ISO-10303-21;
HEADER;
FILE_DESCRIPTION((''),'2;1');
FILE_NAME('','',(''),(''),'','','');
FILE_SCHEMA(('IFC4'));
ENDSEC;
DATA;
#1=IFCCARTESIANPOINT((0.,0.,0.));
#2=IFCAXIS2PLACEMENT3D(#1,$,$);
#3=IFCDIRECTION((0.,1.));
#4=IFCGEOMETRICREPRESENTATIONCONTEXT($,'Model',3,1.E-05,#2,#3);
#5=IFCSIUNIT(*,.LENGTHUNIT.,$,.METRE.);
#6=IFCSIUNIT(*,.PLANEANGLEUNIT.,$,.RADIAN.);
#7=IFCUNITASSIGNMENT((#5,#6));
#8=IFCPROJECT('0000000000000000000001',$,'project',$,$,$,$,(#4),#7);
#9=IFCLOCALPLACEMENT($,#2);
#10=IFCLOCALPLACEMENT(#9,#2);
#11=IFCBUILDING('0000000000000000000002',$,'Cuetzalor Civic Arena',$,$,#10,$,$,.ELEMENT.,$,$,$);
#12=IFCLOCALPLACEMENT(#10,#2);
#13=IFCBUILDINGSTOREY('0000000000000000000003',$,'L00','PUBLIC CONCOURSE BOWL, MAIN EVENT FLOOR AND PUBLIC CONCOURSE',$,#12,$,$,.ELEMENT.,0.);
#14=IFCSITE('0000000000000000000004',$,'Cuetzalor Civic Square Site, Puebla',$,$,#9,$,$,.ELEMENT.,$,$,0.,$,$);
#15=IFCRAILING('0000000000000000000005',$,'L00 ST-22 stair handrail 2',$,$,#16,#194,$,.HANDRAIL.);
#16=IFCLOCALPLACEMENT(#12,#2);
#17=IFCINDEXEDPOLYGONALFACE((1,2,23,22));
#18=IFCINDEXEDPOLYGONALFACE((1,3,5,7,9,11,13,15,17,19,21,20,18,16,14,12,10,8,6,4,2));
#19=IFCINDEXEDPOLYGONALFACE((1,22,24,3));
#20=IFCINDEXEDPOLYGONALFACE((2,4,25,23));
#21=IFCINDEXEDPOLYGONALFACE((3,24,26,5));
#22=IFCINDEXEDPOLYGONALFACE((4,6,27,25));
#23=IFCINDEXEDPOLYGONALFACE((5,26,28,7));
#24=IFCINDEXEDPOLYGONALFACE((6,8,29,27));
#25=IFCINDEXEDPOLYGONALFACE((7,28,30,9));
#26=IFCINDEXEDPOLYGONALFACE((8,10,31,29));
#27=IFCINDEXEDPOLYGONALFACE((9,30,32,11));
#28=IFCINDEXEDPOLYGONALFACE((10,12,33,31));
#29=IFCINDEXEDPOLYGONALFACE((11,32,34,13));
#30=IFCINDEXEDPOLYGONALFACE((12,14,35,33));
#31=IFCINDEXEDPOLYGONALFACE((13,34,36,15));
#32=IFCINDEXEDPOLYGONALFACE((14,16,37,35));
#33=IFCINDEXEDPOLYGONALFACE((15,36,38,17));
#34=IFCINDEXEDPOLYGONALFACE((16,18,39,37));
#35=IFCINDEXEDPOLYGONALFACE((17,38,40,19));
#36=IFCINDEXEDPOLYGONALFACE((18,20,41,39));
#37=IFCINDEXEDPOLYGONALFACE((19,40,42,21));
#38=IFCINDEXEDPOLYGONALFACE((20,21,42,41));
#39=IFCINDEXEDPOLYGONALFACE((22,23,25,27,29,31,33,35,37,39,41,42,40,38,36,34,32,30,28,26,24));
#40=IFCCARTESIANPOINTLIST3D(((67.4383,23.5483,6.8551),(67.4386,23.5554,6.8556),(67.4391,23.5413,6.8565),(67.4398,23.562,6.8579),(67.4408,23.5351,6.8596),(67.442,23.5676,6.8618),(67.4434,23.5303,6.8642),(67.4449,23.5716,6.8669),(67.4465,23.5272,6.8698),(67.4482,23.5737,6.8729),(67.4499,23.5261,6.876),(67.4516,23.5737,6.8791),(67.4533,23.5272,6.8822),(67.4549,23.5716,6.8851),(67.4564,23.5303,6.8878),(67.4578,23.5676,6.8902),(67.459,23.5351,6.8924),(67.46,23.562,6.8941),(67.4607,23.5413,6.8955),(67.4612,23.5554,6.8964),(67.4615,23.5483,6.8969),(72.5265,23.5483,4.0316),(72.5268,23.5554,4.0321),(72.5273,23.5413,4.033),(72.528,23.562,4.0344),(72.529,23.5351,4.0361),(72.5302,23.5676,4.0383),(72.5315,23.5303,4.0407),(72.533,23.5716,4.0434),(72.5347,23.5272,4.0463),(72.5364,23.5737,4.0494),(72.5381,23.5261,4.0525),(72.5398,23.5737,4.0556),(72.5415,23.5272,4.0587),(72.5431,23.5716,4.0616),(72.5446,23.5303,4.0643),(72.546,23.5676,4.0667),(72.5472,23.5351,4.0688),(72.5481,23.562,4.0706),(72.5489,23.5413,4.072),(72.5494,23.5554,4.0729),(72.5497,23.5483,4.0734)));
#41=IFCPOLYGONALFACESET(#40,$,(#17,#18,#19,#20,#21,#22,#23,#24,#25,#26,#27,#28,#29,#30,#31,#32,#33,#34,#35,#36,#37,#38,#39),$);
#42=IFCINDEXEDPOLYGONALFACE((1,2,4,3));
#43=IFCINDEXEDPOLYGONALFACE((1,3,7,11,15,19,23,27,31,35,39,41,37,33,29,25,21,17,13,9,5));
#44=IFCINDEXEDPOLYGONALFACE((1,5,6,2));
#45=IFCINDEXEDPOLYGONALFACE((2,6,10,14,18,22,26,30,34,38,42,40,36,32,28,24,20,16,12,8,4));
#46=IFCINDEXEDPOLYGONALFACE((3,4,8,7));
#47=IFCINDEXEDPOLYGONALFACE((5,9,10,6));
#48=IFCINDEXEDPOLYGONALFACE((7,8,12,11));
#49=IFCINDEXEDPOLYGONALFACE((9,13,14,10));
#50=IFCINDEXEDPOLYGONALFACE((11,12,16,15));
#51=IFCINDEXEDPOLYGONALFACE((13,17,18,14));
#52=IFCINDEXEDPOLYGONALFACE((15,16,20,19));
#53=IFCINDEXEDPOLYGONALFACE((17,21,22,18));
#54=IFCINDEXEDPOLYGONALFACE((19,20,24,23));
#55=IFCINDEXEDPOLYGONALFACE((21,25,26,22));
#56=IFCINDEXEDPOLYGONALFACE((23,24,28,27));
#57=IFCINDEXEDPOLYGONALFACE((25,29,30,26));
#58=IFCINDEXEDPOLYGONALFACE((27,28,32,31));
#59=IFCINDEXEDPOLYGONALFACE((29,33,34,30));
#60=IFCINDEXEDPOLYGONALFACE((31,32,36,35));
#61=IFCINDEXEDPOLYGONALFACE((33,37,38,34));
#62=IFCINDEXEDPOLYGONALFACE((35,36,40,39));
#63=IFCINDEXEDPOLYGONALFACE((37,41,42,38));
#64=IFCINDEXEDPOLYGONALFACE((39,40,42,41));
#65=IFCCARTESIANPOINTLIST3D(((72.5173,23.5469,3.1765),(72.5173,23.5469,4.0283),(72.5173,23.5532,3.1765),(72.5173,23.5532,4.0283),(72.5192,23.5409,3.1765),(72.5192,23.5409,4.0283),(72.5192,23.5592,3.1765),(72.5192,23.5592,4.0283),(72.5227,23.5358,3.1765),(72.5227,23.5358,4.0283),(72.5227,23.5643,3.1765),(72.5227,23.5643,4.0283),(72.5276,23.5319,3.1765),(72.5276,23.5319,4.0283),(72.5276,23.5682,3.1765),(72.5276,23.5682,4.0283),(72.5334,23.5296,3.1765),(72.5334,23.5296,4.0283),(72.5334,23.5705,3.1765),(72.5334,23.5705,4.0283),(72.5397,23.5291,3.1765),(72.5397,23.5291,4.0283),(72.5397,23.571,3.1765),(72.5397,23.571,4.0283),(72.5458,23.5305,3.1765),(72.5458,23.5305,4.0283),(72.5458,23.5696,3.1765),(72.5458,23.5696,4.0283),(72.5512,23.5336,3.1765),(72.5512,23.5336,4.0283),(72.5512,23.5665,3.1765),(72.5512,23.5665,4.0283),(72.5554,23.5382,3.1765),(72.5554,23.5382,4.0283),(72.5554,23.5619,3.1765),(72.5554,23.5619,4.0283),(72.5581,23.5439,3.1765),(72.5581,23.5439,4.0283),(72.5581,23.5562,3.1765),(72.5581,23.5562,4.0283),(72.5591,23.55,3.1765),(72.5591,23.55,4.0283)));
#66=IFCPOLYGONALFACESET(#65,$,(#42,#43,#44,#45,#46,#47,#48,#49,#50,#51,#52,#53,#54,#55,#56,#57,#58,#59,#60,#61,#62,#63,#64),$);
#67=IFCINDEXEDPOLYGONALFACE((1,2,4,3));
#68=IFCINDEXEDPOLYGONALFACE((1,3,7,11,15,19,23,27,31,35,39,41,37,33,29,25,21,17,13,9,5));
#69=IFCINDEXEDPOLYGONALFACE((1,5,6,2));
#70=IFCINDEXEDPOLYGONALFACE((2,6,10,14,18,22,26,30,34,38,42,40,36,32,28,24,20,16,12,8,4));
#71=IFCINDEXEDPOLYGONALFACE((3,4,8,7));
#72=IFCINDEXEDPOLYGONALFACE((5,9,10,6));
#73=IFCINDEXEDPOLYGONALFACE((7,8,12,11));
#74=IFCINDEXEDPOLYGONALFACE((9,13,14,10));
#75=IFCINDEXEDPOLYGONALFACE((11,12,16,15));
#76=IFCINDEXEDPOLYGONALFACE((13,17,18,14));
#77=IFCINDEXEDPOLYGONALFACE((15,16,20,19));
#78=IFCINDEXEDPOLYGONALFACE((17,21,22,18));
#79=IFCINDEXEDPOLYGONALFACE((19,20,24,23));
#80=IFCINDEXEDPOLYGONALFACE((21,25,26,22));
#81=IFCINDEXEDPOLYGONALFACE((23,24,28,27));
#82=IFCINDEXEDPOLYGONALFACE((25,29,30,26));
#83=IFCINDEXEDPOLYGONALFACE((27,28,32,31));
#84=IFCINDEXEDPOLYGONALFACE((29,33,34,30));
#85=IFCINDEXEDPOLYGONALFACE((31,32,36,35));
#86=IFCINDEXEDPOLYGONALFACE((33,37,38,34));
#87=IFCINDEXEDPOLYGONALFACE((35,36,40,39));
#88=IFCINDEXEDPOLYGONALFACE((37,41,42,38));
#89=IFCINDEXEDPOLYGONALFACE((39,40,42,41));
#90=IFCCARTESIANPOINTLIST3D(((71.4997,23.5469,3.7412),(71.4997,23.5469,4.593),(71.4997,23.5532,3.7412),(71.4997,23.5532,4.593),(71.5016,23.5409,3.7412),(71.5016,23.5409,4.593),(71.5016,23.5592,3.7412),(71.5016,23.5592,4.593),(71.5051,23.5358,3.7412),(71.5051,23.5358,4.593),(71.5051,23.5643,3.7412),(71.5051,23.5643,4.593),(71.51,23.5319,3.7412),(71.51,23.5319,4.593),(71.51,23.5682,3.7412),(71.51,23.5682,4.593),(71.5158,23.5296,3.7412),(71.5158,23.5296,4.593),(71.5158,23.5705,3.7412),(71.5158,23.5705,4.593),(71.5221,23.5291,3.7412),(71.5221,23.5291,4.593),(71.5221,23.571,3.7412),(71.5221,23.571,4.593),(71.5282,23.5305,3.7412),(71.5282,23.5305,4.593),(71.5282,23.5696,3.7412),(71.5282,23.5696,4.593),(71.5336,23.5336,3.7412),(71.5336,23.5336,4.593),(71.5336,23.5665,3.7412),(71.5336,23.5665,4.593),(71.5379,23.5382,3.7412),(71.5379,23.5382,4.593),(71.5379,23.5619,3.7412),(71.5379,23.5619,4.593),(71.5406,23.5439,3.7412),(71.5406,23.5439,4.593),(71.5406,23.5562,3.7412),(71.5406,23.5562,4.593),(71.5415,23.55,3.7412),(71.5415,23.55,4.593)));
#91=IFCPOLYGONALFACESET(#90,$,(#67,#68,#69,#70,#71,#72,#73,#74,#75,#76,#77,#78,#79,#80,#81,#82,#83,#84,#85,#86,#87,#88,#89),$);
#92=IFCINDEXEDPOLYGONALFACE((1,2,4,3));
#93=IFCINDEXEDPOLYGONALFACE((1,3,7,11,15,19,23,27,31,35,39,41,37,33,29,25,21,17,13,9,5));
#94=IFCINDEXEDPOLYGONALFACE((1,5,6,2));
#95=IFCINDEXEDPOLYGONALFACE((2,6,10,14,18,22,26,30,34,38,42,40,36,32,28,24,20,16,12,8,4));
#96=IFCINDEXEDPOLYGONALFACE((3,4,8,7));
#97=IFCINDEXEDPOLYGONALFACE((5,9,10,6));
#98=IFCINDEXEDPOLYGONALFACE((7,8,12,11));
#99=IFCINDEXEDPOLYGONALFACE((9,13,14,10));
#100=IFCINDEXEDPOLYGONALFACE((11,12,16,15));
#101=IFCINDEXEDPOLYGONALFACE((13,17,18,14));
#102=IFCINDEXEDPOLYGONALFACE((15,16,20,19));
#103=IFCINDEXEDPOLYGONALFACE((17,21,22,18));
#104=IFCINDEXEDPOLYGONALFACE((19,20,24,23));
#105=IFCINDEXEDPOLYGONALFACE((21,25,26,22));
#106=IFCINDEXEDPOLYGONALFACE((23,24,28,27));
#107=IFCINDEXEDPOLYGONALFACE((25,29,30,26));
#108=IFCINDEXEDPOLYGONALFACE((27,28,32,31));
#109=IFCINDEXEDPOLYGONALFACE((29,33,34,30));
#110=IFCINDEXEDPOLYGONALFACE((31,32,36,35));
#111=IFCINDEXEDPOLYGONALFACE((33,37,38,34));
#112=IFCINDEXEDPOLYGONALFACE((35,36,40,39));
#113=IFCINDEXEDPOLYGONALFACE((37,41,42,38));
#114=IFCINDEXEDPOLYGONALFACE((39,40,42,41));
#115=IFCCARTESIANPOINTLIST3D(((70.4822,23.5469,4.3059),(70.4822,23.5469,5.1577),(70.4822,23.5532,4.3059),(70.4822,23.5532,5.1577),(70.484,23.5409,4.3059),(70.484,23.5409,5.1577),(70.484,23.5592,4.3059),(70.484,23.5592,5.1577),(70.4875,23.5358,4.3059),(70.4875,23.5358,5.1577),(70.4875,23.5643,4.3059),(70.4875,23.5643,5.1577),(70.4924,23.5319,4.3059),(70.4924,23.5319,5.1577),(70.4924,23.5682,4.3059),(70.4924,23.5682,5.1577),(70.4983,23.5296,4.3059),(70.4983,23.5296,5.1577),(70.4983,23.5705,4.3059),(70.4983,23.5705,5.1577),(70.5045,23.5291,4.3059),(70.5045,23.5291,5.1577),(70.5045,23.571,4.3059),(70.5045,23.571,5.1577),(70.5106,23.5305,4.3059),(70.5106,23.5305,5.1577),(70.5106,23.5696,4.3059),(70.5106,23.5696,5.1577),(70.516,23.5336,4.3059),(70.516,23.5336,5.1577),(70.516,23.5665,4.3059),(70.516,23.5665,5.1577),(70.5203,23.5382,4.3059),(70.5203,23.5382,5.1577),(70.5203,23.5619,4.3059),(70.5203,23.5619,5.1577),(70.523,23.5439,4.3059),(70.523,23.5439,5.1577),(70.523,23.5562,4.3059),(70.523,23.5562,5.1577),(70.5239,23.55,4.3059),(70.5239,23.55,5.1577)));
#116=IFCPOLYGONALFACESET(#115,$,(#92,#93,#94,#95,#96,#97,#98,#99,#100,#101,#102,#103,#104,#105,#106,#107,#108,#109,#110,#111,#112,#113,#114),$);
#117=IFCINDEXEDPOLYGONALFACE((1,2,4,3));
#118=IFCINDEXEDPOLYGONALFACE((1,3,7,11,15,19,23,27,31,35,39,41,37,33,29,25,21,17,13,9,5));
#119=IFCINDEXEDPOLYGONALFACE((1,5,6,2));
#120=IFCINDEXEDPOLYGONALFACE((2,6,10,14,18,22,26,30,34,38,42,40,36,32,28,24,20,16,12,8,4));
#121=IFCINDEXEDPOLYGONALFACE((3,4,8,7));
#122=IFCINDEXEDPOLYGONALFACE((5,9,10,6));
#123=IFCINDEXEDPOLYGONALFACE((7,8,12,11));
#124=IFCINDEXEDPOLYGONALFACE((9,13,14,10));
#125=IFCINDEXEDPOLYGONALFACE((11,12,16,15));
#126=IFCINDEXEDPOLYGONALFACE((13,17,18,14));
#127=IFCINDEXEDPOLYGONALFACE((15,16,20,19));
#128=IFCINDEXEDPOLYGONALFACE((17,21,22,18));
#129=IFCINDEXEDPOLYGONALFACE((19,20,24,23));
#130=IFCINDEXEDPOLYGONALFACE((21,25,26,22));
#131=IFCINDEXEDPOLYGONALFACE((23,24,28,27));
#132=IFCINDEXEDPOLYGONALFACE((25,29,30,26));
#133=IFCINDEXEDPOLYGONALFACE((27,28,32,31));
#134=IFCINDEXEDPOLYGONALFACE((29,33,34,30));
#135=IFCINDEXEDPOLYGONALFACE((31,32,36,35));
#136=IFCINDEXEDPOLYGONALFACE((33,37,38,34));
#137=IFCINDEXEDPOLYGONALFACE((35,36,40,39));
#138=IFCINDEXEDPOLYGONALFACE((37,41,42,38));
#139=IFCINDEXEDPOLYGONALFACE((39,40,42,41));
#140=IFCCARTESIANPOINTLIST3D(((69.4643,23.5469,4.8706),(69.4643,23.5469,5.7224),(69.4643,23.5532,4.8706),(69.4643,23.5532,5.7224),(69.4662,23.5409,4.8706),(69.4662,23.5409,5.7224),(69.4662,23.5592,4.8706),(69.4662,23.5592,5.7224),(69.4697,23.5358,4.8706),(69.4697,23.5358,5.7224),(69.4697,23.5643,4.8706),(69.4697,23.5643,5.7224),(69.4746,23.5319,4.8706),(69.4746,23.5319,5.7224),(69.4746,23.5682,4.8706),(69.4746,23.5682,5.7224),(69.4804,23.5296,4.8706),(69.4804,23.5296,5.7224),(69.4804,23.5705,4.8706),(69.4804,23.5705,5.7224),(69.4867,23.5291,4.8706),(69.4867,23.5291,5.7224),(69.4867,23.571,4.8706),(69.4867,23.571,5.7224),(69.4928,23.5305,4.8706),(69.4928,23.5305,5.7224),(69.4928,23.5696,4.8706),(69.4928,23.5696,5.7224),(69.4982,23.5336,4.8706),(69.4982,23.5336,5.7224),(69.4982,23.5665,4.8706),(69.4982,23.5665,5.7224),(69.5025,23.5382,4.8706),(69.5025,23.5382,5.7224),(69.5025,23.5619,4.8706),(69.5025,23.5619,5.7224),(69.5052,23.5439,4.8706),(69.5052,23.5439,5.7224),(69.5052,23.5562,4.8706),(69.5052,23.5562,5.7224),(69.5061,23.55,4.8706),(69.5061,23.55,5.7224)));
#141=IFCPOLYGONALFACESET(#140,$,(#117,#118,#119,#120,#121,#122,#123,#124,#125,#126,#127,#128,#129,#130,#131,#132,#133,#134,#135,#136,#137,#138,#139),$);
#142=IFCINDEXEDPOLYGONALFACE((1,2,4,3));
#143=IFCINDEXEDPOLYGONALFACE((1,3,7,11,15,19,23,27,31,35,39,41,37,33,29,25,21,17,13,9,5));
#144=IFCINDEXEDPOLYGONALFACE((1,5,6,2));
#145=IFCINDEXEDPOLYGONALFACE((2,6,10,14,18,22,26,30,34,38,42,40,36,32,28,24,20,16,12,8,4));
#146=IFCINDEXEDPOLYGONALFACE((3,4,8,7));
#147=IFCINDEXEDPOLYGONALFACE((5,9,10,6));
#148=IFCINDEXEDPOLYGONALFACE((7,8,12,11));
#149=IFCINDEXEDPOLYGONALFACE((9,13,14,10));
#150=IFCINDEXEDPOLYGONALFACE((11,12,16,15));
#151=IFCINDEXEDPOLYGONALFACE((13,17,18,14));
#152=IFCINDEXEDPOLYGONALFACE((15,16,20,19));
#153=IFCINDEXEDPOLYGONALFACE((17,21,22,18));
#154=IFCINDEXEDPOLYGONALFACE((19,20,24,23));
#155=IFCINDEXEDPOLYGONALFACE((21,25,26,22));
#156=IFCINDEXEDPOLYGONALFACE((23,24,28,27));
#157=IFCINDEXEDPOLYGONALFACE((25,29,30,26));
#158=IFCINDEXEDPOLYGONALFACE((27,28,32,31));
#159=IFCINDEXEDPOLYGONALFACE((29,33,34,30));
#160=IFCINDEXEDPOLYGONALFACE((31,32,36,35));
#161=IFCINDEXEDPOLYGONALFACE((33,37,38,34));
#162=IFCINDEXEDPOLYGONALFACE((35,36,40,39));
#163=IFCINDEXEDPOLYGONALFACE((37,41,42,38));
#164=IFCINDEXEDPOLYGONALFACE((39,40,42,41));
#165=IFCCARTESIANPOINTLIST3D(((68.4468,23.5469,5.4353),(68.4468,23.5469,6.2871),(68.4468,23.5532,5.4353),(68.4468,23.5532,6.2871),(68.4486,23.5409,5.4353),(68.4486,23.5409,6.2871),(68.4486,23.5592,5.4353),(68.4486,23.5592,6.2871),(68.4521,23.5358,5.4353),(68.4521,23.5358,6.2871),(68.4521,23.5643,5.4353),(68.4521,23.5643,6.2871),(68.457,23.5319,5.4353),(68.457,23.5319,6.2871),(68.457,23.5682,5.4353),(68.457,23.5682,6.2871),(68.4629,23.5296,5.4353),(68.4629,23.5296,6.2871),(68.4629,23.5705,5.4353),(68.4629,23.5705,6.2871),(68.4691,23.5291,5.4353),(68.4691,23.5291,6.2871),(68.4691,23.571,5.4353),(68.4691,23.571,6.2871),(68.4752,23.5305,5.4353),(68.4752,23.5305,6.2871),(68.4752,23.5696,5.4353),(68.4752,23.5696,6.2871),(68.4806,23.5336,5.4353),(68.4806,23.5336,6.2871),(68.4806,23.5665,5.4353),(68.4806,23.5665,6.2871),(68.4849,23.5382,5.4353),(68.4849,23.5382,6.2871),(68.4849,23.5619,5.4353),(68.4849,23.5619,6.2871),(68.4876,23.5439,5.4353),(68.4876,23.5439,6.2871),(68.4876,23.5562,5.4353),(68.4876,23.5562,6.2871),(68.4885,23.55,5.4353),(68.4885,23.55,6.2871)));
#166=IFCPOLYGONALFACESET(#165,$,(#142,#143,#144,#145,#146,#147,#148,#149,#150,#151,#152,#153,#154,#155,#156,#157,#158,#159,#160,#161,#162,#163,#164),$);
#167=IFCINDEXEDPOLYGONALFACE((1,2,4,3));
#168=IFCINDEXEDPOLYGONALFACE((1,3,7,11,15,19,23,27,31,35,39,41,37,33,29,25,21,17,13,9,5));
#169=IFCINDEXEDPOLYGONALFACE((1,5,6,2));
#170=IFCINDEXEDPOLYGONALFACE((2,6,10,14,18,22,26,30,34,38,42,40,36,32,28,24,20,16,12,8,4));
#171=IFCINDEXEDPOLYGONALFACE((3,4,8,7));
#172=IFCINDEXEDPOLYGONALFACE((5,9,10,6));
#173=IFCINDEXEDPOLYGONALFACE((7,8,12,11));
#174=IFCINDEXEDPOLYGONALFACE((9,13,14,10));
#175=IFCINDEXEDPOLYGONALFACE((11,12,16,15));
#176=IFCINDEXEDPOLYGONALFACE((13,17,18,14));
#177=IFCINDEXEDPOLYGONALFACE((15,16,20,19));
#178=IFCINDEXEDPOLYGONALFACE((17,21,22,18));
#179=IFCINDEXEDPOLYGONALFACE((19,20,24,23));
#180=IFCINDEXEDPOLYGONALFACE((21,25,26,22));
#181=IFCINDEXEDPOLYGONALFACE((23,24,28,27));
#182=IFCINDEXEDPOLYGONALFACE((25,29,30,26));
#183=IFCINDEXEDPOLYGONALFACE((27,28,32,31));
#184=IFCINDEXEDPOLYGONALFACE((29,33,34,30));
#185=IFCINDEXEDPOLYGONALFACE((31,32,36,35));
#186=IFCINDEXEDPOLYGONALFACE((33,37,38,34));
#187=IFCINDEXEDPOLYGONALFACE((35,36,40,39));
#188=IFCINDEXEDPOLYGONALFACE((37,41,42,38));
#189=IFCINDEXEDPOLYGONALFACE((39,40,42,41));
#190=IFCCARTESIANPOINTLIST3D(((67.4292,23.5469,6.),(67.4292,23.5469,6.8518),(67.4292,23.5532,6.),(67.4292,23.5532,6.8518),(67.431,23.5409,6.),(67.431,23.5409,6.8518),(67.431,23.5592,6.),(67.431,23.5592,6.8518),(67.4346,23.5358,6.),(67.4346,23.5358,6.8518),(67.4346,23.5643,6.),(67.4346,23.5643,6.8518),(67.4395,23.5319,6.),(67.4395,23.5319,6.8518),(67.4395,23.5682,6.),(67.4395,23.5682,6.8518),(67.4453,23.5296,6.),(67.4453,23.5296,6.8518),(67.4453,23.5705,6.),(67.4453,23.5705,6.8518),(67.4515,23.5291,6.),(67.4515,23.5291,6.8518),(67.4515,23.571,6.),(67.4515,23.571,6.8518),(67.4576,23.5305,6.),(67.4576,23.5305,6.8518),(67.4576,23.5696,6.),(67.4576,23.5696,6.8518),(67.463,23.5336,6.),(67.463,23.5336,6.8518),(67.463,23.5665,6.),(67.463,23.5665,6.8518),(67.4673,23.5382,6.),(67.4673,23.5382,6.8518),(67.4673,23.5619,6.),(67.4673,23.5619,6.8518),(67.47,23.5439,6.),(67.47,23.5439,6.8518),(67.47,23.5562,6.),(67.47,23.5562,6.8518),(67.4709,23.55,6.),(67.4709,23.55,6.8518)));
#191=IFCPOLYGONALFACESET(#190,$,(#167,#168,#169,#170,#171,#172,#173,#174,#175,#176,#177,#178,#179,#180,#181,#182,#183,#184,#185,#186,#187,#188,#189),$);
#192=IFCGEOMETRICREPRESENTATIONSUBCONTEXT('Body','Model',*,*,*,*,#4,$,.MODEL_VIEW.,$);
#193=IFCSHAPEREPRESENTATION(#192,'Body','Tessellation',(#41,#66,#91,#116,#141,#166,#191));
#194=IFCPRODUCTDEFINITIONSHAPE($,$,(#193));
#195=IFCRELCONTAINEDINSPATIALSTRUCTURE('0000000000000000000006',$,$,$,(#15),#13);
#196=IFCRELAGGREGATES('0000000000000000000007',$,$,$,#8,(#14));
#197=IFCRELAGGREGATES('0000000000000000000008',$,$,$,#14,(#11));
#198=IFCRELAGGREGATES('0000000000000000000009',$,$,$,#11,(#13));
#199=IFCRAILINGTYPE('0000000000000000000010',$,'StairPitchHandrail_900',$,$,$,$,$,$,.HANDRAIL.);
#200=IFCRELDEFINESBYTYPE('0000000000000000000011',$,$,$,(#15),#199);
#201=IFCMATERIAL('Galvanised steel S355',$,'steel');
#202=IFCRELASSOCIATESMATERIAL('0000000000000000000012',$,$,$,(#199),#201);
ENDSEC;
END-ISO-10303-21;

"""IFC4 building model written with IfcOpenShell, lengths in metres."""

from ifc_helpers import new_model, si_unit, direction, frame, origin, origin_2d, place, context, subcontext, project, spatial, circle, extrude, material, type_object, element, save


model = new_model("IFC4")

# Units and contexts
model_context = context("Model", 3, precision=1e-05, world=origin(), true_north=direction((0.0, 1.0)))
body_context = subcontext(model_context, "Body", "Model", "MODEL_VIEW")
ifc_project = project(units=[si_unit("LENGTHUNIT", "METRE"), si_unit("PLANEANGLEUNIT", "RADIAN")], contexts=[model_context])

# Site, building, storey
site_placement = place(None, origin())
site = spatial("IfcSite", under=ifc_project, at=site_placement, Name="Cuetzalor Civic Square Site, Puebla", CompositionType="ELEMENT", RefElevation=0.0)
building_placement = place(site_placement, origin())
building = spatial("IfcBuilding", under=site, at=building_placement, Name="Cuetzalor Civic Arena", CompositionType="ELEMENT")
storey_placement = place(building_placement, origin())
storey = spatial("IfcBuildingStorey", under=building, at=storey_placement, Name="L00", Description="PUBLIC CONCOURSE BOWL, MAIN EVENT FLOOR AND PUBLIC CONCOURSE", CompositionType="ELEMENT", Elevation=0.0)

# Railing
ifc_material_1 = material(Name="Galvanised steel S355", Category="steel")
railing_type = type_object("IfcRailingType", Name="StairPitchHandrail_900", PredefinedType="HANDRAIL", material=ifc_material_1)
railing_placement = place(storey_placement, frame((72.5381, 23.55, 3.1765)))
element("IfcRailing", 1, at=railing_placement, inside=storey, type_object=railing_type, Name="L00 ST-22 stair handrail 2", PredefinedType="HANDRAIL", context=body_context, shape_type="SweptSolid", body=[
    extrude(circle(Radius=0.0239, at=origin_2d()), frame((0.0, 0.0, 0.876), z_axis=(-0.874395, 0.0, 0.485215), x_axis=(0.0, -1.0, 0.0)), (0.0, 0.0, 1.0), 5.8191),
    extrude(circle(Radius=0.021, at=origin_2d()), origin(), (0.0, 0.0, 1.0), 0.8518),
    extrude(circle(Radius=0.021, at=origin_2d()), frame((-1.0176, 0.0, 0.5647)), (0.0, 0.0, 1.0), 0.8518),
    extrude(circle(Radius=0.021, at=origin_2d()), frame((-2.0352, 0.0, 1.1294)), (0.0, 0.0, 1.0), 0.8518),
    extrude(circle(Radius=0.021, at=origin_2d()), frame((-3.053, 0.0, 1.6941)), (0.0, 0.0, 1.0), 0.8518),
    extrude(circle(Radius=0.021, at=origin_2d()), frame((-4.0706, 0.0, 2.2588)), (0.0, 0.0, 1.0), 0.8518),
    extrude(circle(Radius=0.021, at=origin_2d()), frame((-5.0881, 0.0, 2.8235)), (0.0, 0.0, 1.0), 0.8518),
])

save(model, "model.ifc")
